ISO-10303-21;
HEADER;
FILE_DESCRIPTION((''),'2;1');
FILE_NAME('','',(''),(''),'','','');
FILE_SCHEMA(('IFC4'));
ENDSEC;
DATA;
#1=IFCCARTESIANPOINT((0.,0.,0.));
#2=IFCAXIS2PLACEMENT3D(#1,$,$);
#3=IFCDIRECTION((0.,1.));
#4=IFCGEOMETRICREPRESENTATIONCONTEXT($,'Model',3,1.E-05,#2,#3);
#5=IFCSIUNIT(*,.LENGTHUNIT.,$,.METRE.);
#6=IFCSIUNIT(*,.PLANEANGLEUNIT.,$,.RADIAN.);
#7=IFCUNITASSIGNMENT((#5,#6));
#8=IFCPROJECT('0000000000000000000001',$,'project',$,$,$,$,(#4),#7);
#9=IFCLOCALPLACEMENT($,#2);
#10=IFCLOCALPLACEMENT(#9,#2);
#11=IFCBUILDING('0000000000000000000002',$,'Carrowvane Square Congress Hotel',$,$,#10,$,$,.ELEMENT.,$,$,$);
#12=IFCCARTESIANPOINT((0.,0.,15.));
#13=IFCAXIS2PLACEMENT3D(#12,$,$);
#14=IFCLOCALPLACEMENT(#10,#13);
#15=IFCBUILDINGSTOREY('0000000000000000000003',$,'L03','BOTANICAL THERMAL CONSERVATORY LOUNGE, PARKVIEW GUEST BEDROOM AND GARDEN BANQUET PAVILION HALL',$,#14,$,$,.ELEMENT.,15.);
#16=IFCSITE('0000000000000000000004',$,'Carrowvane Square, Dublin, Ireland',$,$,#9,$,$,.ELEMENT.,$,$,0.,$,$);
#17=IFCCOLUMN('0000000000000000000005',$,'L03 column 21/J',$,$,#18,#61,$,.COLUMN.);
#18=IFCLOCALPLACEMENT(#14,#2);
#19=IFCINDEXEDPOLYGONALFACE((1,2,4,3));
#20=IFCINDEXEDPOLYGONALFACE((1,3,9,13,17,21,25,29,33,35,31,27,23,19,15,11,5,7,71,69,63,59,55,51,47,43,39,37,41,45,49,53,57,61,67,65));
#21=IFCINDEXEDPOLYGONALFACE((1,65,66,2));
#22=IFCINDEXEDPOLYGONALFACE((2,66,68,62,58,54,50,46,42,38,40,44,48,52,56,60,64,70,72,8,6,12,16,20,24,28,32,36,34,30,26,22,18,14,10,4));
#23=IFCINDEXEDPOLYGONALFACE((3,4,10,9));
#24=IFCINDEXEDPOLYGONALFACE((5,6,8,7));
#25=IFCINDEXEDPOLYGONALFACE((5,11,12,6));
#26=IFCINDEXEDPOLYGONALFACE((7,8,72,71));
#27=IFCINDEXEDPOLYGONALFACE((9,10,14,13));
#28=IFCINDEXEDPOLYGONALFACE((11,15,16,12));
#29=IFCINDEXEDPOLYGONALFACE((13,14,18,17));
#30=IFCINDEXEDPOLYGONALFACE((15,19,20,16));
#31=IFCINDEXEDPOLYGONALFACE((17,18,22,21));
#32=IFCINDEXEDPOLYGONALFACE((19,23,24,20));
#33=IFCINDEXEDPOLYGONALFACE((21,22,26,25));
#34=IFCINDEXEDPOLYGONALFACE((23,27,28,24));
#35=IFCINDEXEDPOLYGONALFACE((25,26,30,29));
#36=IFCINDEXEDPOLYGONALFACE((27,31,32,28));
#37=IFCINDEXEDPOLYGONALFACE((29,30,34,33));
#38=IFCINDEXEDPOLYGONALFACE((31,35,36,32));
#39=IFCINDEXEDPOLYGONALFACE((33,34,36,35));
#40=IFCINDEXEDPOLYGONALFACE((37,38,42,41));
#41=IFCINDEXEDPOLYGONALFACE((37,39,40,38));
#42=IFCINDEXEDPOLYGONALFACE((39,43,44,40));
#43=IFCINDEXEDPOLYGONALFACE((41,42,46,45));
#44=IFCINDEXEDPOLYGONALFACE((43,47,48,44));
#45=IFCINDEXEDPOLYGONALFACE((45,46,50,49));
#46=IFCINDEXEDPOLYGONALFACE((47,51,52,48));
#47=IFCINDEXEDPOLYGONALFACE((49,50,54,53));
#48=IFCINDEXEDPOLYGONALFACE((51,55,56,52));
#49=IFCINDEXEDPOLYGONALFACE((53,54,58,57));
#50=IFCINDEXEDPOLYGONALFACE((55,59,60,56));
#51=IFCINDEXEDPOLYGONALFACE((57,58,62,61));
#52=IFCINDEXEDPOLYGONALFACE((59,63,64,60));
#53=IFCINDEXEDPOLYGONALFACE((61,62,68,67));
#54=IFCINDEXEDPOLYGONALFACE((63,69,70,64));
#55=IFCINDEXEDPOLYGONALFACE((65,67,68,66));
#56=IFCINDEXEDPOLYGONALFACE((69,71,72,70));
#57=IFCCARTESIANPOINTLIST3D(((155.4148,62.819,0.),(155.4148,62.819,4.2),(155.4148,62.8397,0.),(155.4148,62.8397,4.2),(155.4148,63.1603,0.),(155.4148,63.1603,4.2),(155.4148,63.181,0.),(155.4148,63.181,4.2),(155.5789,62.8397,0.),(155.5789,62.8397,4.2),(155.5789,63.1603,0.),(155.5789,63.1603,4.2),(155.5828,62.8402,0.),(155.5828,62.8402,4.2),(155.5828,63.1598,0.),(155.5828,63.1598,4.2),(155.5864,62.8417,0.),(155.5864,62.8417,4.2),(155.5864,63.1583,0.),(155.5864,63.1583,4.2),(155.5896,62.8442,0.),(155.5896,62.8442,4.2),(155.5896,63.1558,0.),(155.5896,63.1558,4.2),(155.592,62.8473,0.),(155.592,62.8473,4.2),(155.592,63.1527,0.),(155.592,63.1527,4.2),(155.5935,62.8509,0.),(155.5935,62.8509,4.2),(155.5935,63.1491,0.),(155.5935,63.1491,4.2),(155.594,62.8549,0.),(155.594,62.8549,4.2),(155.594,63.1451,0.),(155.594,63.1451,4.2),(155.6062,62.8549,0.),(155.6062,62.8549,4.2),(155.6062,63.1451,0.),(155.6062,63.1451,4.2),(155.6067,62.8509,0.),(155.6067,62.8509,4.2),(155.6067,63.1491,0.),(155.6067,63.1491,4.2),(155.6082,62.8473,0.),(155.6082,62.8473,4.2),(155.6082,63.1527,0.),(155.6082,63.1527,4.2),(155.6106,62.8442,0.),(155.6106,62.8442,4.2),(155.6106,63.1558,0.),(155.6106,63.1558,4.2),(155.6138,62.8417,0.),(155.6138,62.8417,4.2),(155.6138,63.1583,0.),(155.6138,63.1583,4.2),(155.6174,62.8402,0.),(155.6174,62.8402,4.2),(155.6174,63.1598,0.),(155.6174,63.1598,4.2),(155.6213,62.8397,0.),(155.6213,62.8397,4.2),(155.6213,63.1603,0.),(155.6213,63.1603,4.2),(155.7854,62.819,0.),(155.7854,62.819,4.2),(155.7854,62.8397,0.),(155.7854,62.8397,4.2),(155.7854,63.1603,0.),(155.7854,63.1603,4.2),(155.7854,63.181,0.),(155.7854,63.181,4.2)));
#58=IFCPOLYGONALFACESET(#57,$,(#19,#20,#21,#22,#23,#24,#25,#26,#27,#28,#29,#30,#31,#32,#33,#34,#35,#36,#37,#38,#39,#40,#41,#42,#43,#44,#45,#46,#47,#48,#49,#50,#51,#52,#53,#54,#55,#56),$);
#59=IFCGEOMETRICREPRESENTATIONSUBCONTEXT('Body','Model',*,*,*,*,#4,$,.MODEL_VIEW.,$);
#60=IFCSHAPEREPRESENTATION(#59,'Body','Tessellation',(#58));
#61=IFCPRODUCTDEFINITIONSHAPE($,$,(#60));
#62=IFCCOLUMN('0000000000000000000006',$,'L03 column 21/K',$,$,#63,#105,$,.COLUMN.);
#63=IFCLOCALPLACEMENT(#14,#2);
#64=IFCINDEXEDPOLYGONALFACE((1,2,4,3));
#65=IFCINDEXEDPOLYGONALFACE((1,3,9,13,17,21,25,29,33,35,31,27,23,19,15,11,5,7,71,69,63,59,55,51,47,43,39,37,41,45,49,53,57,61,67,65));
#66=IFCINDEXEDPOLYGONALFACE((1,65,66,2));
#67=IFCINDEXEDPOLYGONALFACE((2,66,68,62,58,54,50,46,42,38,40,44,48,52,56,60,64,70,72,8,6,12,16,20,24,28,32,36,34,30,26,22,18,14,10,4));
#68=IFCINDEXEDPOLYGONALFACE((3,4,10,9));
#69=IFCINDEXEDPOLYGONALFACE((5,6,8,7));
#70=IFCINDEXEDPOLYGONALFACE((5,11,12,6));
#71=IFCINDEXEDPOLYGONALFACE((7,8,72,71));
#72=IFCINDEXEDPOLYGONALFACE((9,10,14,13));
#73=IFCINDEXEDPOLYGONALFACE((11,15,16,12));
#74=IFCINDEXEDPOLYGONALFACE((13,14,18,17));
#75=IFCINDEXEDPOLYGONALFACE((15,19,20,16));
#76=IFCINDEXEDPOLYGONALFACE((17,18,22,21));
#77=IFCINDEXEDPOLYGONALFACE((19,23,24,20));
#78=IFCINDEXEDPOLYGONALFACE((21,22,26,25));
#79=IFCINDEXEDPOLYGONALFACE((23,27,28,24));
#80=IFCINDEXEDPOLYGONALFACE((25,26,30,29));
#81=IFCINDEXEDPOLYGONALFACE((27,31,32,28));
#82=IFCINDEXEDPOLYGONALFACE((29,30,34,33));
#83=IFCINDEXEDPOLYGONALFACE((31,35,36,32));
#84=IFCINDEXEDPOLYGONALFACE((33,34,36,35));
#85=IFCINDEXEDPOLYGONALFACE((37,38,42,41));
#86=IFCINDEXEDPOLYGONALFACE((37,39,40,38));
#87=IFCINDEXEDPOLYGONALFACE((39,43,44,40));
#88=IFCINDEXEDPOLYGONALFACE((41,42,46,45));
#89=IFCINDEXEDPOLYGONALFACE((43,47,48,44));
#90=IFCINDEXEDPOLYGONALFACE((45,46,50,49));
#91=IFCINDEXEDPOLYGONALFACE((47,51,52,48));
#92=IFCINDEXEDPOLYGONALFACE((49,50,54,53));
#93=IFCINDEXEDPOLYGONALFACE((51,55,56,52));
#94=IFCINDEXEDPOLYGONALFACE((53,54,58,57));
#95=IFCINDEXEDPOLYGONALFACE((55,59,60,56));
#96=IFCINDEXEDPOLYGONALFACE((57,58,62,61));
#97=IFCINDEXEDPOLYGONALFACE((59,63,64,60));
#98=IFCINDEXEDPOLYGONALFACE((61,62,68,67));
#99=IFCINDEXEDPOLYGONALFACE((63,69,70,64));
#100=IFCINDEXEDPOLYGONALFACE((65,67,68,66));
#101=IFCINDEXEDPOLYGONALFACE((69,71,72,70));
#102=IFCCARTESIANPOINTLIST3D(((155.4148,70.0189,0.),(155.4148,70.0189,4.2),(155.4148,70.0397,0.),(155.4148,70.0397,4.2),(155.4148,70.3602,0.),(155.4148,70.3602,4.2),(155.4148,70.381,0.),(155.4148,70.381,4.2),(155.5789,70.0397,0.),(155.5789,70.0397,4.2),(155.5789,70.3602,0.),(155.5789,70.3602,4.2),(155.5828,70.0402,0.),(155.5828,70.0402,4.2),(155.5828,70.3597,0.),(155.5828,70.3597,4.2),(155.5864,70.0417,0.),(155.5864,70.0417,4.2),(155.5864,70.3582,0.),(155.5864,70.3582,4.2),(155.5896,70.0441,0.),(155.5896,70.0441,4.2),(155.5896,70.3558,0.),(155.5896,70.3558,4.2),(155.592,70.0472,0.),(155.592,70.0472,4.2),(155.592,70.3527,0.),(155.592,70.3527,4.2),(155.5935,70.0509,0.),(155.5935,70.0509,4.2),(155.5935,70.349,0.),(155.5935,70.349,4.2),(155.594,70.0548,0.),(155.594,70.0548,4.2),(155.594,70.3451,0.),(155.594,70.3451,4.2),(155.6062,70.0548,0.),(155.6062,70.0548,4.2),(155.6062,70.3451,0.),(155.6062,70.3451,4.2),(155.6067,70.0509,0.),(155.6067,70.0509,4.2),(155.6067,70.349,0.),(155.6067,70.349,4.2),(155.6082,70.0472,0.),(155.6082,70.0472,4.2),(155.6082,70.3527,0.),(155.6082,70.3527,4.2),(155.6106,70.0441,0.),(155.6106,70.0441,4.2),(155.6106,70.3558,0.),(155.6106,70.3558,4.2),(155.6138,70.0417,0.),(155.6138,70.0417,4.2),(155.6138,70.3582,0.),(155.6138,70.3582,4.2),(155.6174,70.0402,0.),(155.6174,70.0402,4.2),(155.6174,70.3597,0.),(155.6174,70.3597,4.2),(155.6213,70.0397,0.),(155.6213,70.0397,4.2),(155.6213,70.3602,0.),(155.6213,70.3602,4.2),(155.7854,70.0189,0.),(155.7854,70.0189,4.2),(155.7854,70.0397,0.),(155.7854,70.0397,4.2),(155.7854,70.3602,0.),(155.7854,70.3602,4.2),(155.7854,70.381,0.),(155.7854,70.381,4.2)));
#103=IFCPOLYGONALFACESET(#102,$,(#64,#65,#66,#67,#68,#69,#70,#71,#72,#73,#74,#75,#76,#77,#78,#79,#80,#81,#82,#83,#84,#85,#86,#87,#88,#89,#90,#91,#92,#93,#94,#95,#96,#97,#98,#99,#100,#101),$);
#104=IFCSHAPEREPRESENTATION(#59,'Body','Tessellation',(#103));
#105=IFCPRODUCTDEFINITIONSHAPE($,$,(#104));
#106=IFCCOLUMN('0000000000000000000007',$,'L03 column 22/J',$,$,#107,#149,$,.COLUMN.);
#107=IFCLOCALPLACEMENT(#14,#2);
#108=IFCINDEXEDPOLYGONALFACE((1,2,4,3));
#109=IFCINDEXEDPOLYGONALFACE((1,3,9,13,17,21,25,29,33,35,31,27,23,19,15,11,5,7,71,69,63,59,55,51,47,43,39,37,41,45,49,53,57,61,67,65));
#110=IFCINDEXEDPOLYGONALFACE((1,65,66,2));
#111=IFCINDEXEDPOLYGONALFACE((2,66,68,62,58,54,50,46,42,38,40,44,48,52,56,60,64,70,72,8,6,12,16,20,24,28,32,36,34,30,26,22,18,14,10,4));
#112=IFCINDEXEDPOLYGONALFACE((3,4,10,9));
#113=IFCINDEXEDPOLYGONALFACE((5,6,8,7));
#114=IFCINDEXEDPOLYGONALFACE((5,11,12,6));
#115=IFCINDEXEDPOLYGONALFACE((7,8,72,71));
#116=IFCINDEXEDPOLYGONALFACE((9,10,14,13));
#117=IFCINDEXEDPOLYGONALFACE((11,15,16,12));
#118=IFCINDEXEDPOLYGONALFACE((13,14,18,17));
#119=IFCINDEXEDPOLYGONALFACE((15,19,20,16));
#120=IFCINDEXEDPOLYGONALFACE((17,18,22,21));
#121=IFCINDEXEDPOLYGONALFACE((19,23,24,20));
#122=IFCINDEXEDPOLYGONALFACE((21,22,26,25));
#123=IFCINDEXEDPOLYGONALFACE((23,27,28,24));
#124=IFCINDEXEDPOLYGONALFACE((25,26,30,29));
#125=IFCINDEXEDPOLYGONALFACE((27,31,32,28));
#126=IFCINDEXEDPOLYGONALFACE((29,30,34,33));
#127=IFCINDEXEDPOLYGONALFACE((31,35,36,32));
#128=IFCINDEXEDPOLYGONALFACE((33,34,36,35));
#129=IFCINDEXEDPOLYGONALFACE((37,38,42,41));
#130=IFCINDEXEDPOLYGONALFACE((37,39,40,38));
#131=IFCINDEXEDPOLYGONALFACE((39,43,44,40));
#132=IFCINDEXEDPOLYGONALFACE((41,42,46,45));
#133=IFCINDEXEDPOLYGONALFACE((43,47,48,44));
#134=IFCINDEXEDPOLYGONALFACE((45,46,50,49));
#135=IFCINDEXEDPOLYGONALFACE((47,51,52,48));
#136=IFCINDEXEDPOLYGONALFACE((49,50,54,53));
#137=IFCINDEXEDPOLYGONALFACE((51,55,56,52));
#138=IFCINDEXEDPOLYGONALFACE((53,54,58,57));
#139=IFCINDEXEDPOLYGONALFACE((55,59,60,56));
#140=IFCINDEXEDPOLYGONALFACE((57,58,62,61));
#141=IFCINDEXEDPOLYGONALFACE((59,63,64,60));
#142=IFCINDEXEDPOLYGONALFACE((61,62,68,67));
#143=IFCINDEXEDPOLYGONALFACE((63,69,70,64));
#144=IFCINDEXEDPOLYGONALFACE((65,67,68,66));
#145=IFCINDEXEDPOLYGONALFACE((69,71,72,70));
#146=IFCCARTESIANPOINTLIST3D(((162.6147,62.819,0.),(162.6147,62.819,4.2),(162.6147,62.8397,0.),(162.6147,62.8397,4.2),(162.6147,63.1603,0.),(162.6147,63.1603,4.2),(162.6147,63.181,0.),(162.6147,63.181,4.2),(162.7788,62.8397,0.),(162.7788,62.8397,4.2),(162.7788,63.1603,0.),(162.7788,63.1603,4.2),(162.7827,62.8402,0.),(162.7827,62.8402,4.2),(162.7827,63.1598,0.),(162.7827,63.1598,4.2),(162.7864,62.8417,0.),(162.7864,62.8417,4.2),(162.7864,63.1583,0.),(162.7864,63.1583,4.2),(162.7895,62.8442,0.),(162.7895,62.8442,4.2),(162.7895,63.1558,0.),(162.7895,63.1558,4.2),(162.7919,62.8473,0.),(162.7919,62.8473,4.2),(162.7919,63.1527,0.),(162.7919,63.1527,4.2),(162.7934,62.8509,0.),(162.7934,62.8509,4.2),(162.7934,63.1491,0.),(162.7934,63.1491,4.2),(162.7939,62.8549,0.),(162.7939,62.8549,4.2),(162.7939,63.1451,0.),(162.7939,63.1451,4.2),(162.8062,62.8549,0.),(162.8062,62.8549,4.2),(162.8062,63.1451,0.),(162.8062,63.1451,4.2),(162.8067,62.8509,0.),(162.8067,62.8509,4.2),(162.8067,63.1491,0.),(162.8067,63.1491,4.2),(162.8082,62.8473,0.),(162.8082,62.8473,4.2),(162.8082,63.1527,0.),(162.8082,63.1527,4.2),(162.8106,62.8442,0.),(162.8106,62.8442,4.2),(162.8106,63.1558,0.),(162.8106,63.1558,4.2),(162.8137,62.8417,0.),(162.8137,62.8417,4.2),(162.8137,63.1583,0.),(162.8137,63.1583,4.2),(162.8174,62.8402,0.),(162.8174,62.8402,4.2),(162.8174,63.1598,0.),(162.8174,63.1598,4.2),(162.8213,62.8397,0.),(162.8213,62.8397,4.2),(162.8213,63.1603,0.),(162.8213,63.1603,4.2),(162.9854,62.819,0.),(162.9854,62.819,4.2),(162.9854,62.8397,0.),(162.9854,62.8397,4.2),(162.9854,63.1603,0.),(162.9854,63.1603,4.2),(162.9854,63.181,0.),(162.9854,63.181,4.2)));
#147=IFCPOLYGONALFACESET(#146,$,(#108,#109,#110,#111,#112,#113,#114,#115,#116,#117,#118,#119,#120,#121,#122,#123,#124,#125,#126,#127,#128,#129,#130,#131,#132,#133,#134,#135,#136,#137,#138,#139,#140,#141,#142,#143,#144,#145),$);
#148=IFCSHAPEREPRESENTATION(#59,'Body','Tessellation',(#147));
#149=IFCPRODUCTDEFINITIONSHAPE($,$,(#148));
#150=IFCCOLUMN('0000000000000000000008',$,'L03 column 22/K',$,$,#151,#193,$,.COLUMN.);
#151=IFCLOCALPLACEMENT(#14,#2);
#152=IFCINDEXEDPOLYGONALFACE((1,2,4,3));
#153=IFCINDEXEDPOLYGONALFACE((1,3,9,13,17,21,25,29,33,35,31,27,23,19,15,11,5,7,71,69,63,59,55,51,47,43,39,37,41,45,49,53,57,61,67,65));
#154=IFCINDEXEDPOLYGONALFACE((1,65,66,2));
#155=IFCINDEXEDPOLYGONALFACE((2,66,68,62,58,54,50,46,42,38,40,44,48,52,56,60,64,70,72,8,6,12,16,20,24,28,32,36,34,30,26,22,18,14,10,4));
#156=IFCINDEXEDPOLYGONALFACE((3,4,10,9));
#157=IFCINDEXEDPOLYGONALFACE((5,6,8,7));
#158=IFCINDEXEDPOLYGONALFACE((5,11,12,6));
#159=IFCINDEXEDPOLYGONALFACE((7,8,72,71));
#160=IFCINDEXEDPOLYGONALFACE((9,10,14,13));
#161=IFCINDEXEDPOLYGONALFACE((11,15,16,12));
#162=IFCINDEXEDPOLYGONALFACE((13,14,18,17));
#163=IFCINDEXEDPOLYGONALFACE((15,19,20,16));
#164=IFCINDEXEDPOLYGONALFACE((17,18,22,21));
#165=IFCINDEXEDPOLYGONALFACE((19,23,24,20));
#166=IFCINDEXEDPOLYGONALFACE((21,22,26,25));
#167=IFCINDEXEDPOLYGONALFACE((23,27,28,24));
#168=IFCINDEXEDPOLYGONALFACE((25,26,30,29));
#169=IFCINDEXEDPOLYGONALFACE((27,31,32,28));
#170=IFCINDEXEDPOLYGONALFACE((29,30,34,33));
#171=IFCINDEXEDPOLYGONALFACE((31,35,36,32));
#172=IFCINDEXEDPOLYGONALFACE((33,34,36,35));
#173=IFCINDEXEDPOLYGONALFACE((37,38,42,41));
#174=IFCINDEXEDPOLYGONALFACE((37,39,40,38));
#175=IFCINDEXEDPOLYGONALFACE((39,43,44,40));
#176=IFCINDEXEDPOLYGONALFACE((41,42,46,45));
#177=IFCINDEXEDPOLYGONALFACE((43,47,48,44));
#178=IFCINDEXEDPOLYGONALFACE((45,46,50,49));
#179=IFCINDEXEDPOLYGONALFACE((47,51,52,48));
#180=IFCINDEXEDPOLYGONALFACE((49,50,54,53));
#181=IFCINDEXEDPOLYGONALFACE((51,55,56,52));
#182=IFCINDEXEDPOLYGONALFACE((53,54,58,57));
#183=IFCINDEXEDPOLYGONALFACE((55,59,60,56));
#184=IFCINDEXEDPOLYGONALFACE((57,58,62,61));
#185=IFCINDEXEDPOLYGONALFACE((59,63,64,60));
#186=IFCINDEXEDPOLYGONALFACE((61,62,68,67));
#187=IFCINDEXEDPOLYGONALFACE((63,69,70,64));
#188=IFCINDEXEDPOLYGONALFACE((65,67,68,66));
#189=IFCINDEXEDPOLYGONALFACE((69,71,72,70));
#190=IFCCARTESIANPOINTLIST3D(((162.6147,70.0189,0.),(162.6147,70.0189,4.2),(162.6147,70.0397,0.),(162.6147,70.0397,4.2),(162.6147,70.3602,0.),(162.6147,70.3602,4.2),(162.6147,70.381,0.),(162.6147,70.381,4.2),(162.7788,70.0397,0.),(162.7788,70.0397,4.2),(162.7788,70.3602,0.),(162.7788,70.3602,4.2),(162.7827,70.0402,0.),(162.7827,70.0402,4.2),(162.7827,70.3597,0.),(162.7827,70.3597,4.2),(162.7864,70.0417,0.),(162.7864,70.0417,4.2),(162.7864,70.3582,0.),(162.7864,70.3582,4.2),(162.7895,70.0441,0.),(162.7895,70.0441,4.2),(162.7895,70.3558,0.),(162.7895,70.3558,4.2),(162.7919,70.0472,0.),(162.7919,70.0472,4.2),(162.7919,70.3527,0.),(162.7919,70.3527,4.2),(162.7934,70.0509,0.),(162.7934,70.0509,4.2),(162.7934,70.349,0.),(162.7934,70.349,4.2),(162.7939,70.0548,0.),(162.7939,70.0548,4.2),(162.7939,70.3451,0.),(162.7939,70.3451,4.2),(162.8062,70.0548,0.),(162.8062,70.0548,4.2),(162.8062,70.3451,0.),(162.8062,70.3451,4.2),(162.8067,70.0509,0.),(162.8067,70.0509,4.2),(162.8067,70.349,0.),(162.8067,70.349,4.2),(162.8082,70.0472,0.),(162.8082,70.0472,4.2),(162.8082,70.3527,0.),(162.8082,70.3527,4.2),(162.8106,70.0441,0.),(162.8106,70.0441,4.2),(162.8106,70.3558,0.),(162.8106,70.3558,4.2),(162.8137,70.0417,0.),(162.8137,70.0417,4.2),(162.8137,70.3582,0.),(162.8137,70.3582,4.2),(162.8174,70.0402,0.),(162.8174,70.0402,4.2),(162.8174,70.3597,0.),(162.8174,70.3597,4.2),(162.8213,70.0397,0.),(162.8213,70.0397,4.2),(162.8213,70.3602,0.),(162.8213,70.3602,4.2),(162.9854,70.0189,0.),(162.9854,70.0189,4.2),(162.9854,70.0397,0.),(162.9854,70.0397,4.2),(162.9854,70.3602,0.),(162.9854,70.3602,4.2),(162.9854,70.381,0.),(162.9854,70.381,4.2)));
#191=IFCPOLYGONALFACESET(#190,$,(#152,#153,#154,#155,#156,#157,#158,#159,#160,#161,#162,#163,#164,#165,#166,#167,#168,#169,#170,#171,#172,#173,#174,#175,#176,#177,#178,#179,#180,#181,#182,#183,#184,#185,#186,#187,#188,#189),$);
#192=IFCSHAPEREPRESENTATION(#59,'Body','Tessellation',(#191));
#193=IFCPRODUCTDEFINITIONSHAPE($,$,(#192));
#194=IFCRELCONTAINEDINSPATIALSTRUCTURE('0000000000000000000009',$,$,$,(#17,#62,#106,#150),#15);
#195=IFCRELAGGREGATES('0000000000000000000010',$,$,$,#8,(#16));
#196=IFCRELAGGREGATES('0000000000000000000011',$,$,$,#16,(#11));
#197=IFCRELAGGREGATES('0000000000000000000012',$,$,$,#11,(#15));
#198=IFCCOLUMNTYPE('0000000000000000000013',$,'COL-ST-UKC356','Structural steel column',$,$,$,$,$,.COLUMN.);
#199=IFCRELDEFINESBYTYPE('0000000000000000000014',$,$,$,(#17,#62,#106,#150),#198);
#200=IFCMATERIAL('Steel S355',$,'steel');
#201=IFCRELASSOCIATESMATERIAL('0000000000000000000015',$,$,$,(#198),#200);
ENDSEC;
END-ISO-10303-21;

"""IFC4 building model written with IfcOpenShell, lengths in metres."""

from ifc_helpers import new_model, si_unit, direction, frame, origin, origin_2d, place, context, subcontext, project, spatial, i_section, extrude, material, material_profile, profile_set, type_object, element, save


model = new_model("IFC4")

# Units and contexts
model_context = context("Model", 3, precision=1e-05, world=origin(), true_north=direction((0.0, 1.0)))
body_context = subcontext(model_context, "Body", "Model", "MODEL_VIEW")
ifc_project = project(units=[si_unit("LENGTHUNIT", "METRE"), si_unit("PLANEANGLEUNIT", "RADIAN")], contexts=[model_context])

# Site, building, storey
site_placement = place(None, origin())
site = spatial("IfcSite", under=ifc_project, at=site_placement, Name="Carrowvane Square, Dublin, Ireland", CompositionType="ELEMENT", RefElevation=0.0)
building_placement = place(site_placement, origin())
building = spatial("IfcBuilding", under=site, at=building_placement, Name="Carrowvane Square Congress Hotel", CompositionType="ELEMENT")
storey_placement = place(building_placement, frame((0.0, 0.0, 15.0)))
storey = spatial("IfcBuildingStorey", under=building, at=storey_placement, Name="L03", Description="BOTANICAL THERMAL CONSERVATORY LOUNGE, PARKVIEW GUEST BEDROOM AND GARDEN BANQUET PAVILION HALL", CompositionType="ELEMENT", Elevation=15.0)

# Columns
ifc_material_1 = material(Name="Steel S355", Category="steel")
ifc_material_profile_1 = material_profile(ifc_material_1, i_section(OverallWidth=0.3706, OverallDepth=0.3621, WebThickness=0.0122, FlangeThickness=0.0208, FilletRadius=0.0151, at=origin_2d()), Name="UKC 356x368x153")
ifc_profile_set_1 = profile_set([ifc_material_profile_1], Name="Steel S355")
column_type = type_object("IfcColumnType", Name="COL-ST-UKC356", Description="Structural steel column", PredefinedType="COLUMN", material=ifc_profile_set_1)
for number, where, z_axis, x_axis, name in (
    (1, (155.6001, 63.0, 0.0), (0.0, 0.0, 1.0), (1.0, 0.0, 0.0), "L03 column 21/J"),
    (2, (155.6001, 70.2, 0.0), (0.0, 0.0, 1.0), (1.0, 0.0, 0.0), "L03 column 21/K"),
    (3, (162.8, 63.0, 0.0), (0.0, 0.0, 1.0), (1.0, 0.0, 0.0), "L03 column 22/J"),
    (4, (162.8, 70.2, 0.0), (0.0, 0.0, 1.0), (1.0, 0.0, 0.0), "L03 column 22/K"),
):
    element("IfcColumn", number, at=place(storey_placement, frame(where, z_axis=z_axis, x_axis=x_axis)), inside=storey, type_object=column_type, Name=name, PredefinedType="COLUMN", context=body_context, shape_type="SweptSolid", body=[
        extrude(i_section(OverallWidth=0.3706, OverallDepth=0.3621, WebThickness=0.0122, FlangeThickness=0.0208, FilletRadius=0.0151, at=origin_2d()), origin(), (0.0, 0.0, 1.0), 4.2),
    ])

save(model, "model.ifc")
